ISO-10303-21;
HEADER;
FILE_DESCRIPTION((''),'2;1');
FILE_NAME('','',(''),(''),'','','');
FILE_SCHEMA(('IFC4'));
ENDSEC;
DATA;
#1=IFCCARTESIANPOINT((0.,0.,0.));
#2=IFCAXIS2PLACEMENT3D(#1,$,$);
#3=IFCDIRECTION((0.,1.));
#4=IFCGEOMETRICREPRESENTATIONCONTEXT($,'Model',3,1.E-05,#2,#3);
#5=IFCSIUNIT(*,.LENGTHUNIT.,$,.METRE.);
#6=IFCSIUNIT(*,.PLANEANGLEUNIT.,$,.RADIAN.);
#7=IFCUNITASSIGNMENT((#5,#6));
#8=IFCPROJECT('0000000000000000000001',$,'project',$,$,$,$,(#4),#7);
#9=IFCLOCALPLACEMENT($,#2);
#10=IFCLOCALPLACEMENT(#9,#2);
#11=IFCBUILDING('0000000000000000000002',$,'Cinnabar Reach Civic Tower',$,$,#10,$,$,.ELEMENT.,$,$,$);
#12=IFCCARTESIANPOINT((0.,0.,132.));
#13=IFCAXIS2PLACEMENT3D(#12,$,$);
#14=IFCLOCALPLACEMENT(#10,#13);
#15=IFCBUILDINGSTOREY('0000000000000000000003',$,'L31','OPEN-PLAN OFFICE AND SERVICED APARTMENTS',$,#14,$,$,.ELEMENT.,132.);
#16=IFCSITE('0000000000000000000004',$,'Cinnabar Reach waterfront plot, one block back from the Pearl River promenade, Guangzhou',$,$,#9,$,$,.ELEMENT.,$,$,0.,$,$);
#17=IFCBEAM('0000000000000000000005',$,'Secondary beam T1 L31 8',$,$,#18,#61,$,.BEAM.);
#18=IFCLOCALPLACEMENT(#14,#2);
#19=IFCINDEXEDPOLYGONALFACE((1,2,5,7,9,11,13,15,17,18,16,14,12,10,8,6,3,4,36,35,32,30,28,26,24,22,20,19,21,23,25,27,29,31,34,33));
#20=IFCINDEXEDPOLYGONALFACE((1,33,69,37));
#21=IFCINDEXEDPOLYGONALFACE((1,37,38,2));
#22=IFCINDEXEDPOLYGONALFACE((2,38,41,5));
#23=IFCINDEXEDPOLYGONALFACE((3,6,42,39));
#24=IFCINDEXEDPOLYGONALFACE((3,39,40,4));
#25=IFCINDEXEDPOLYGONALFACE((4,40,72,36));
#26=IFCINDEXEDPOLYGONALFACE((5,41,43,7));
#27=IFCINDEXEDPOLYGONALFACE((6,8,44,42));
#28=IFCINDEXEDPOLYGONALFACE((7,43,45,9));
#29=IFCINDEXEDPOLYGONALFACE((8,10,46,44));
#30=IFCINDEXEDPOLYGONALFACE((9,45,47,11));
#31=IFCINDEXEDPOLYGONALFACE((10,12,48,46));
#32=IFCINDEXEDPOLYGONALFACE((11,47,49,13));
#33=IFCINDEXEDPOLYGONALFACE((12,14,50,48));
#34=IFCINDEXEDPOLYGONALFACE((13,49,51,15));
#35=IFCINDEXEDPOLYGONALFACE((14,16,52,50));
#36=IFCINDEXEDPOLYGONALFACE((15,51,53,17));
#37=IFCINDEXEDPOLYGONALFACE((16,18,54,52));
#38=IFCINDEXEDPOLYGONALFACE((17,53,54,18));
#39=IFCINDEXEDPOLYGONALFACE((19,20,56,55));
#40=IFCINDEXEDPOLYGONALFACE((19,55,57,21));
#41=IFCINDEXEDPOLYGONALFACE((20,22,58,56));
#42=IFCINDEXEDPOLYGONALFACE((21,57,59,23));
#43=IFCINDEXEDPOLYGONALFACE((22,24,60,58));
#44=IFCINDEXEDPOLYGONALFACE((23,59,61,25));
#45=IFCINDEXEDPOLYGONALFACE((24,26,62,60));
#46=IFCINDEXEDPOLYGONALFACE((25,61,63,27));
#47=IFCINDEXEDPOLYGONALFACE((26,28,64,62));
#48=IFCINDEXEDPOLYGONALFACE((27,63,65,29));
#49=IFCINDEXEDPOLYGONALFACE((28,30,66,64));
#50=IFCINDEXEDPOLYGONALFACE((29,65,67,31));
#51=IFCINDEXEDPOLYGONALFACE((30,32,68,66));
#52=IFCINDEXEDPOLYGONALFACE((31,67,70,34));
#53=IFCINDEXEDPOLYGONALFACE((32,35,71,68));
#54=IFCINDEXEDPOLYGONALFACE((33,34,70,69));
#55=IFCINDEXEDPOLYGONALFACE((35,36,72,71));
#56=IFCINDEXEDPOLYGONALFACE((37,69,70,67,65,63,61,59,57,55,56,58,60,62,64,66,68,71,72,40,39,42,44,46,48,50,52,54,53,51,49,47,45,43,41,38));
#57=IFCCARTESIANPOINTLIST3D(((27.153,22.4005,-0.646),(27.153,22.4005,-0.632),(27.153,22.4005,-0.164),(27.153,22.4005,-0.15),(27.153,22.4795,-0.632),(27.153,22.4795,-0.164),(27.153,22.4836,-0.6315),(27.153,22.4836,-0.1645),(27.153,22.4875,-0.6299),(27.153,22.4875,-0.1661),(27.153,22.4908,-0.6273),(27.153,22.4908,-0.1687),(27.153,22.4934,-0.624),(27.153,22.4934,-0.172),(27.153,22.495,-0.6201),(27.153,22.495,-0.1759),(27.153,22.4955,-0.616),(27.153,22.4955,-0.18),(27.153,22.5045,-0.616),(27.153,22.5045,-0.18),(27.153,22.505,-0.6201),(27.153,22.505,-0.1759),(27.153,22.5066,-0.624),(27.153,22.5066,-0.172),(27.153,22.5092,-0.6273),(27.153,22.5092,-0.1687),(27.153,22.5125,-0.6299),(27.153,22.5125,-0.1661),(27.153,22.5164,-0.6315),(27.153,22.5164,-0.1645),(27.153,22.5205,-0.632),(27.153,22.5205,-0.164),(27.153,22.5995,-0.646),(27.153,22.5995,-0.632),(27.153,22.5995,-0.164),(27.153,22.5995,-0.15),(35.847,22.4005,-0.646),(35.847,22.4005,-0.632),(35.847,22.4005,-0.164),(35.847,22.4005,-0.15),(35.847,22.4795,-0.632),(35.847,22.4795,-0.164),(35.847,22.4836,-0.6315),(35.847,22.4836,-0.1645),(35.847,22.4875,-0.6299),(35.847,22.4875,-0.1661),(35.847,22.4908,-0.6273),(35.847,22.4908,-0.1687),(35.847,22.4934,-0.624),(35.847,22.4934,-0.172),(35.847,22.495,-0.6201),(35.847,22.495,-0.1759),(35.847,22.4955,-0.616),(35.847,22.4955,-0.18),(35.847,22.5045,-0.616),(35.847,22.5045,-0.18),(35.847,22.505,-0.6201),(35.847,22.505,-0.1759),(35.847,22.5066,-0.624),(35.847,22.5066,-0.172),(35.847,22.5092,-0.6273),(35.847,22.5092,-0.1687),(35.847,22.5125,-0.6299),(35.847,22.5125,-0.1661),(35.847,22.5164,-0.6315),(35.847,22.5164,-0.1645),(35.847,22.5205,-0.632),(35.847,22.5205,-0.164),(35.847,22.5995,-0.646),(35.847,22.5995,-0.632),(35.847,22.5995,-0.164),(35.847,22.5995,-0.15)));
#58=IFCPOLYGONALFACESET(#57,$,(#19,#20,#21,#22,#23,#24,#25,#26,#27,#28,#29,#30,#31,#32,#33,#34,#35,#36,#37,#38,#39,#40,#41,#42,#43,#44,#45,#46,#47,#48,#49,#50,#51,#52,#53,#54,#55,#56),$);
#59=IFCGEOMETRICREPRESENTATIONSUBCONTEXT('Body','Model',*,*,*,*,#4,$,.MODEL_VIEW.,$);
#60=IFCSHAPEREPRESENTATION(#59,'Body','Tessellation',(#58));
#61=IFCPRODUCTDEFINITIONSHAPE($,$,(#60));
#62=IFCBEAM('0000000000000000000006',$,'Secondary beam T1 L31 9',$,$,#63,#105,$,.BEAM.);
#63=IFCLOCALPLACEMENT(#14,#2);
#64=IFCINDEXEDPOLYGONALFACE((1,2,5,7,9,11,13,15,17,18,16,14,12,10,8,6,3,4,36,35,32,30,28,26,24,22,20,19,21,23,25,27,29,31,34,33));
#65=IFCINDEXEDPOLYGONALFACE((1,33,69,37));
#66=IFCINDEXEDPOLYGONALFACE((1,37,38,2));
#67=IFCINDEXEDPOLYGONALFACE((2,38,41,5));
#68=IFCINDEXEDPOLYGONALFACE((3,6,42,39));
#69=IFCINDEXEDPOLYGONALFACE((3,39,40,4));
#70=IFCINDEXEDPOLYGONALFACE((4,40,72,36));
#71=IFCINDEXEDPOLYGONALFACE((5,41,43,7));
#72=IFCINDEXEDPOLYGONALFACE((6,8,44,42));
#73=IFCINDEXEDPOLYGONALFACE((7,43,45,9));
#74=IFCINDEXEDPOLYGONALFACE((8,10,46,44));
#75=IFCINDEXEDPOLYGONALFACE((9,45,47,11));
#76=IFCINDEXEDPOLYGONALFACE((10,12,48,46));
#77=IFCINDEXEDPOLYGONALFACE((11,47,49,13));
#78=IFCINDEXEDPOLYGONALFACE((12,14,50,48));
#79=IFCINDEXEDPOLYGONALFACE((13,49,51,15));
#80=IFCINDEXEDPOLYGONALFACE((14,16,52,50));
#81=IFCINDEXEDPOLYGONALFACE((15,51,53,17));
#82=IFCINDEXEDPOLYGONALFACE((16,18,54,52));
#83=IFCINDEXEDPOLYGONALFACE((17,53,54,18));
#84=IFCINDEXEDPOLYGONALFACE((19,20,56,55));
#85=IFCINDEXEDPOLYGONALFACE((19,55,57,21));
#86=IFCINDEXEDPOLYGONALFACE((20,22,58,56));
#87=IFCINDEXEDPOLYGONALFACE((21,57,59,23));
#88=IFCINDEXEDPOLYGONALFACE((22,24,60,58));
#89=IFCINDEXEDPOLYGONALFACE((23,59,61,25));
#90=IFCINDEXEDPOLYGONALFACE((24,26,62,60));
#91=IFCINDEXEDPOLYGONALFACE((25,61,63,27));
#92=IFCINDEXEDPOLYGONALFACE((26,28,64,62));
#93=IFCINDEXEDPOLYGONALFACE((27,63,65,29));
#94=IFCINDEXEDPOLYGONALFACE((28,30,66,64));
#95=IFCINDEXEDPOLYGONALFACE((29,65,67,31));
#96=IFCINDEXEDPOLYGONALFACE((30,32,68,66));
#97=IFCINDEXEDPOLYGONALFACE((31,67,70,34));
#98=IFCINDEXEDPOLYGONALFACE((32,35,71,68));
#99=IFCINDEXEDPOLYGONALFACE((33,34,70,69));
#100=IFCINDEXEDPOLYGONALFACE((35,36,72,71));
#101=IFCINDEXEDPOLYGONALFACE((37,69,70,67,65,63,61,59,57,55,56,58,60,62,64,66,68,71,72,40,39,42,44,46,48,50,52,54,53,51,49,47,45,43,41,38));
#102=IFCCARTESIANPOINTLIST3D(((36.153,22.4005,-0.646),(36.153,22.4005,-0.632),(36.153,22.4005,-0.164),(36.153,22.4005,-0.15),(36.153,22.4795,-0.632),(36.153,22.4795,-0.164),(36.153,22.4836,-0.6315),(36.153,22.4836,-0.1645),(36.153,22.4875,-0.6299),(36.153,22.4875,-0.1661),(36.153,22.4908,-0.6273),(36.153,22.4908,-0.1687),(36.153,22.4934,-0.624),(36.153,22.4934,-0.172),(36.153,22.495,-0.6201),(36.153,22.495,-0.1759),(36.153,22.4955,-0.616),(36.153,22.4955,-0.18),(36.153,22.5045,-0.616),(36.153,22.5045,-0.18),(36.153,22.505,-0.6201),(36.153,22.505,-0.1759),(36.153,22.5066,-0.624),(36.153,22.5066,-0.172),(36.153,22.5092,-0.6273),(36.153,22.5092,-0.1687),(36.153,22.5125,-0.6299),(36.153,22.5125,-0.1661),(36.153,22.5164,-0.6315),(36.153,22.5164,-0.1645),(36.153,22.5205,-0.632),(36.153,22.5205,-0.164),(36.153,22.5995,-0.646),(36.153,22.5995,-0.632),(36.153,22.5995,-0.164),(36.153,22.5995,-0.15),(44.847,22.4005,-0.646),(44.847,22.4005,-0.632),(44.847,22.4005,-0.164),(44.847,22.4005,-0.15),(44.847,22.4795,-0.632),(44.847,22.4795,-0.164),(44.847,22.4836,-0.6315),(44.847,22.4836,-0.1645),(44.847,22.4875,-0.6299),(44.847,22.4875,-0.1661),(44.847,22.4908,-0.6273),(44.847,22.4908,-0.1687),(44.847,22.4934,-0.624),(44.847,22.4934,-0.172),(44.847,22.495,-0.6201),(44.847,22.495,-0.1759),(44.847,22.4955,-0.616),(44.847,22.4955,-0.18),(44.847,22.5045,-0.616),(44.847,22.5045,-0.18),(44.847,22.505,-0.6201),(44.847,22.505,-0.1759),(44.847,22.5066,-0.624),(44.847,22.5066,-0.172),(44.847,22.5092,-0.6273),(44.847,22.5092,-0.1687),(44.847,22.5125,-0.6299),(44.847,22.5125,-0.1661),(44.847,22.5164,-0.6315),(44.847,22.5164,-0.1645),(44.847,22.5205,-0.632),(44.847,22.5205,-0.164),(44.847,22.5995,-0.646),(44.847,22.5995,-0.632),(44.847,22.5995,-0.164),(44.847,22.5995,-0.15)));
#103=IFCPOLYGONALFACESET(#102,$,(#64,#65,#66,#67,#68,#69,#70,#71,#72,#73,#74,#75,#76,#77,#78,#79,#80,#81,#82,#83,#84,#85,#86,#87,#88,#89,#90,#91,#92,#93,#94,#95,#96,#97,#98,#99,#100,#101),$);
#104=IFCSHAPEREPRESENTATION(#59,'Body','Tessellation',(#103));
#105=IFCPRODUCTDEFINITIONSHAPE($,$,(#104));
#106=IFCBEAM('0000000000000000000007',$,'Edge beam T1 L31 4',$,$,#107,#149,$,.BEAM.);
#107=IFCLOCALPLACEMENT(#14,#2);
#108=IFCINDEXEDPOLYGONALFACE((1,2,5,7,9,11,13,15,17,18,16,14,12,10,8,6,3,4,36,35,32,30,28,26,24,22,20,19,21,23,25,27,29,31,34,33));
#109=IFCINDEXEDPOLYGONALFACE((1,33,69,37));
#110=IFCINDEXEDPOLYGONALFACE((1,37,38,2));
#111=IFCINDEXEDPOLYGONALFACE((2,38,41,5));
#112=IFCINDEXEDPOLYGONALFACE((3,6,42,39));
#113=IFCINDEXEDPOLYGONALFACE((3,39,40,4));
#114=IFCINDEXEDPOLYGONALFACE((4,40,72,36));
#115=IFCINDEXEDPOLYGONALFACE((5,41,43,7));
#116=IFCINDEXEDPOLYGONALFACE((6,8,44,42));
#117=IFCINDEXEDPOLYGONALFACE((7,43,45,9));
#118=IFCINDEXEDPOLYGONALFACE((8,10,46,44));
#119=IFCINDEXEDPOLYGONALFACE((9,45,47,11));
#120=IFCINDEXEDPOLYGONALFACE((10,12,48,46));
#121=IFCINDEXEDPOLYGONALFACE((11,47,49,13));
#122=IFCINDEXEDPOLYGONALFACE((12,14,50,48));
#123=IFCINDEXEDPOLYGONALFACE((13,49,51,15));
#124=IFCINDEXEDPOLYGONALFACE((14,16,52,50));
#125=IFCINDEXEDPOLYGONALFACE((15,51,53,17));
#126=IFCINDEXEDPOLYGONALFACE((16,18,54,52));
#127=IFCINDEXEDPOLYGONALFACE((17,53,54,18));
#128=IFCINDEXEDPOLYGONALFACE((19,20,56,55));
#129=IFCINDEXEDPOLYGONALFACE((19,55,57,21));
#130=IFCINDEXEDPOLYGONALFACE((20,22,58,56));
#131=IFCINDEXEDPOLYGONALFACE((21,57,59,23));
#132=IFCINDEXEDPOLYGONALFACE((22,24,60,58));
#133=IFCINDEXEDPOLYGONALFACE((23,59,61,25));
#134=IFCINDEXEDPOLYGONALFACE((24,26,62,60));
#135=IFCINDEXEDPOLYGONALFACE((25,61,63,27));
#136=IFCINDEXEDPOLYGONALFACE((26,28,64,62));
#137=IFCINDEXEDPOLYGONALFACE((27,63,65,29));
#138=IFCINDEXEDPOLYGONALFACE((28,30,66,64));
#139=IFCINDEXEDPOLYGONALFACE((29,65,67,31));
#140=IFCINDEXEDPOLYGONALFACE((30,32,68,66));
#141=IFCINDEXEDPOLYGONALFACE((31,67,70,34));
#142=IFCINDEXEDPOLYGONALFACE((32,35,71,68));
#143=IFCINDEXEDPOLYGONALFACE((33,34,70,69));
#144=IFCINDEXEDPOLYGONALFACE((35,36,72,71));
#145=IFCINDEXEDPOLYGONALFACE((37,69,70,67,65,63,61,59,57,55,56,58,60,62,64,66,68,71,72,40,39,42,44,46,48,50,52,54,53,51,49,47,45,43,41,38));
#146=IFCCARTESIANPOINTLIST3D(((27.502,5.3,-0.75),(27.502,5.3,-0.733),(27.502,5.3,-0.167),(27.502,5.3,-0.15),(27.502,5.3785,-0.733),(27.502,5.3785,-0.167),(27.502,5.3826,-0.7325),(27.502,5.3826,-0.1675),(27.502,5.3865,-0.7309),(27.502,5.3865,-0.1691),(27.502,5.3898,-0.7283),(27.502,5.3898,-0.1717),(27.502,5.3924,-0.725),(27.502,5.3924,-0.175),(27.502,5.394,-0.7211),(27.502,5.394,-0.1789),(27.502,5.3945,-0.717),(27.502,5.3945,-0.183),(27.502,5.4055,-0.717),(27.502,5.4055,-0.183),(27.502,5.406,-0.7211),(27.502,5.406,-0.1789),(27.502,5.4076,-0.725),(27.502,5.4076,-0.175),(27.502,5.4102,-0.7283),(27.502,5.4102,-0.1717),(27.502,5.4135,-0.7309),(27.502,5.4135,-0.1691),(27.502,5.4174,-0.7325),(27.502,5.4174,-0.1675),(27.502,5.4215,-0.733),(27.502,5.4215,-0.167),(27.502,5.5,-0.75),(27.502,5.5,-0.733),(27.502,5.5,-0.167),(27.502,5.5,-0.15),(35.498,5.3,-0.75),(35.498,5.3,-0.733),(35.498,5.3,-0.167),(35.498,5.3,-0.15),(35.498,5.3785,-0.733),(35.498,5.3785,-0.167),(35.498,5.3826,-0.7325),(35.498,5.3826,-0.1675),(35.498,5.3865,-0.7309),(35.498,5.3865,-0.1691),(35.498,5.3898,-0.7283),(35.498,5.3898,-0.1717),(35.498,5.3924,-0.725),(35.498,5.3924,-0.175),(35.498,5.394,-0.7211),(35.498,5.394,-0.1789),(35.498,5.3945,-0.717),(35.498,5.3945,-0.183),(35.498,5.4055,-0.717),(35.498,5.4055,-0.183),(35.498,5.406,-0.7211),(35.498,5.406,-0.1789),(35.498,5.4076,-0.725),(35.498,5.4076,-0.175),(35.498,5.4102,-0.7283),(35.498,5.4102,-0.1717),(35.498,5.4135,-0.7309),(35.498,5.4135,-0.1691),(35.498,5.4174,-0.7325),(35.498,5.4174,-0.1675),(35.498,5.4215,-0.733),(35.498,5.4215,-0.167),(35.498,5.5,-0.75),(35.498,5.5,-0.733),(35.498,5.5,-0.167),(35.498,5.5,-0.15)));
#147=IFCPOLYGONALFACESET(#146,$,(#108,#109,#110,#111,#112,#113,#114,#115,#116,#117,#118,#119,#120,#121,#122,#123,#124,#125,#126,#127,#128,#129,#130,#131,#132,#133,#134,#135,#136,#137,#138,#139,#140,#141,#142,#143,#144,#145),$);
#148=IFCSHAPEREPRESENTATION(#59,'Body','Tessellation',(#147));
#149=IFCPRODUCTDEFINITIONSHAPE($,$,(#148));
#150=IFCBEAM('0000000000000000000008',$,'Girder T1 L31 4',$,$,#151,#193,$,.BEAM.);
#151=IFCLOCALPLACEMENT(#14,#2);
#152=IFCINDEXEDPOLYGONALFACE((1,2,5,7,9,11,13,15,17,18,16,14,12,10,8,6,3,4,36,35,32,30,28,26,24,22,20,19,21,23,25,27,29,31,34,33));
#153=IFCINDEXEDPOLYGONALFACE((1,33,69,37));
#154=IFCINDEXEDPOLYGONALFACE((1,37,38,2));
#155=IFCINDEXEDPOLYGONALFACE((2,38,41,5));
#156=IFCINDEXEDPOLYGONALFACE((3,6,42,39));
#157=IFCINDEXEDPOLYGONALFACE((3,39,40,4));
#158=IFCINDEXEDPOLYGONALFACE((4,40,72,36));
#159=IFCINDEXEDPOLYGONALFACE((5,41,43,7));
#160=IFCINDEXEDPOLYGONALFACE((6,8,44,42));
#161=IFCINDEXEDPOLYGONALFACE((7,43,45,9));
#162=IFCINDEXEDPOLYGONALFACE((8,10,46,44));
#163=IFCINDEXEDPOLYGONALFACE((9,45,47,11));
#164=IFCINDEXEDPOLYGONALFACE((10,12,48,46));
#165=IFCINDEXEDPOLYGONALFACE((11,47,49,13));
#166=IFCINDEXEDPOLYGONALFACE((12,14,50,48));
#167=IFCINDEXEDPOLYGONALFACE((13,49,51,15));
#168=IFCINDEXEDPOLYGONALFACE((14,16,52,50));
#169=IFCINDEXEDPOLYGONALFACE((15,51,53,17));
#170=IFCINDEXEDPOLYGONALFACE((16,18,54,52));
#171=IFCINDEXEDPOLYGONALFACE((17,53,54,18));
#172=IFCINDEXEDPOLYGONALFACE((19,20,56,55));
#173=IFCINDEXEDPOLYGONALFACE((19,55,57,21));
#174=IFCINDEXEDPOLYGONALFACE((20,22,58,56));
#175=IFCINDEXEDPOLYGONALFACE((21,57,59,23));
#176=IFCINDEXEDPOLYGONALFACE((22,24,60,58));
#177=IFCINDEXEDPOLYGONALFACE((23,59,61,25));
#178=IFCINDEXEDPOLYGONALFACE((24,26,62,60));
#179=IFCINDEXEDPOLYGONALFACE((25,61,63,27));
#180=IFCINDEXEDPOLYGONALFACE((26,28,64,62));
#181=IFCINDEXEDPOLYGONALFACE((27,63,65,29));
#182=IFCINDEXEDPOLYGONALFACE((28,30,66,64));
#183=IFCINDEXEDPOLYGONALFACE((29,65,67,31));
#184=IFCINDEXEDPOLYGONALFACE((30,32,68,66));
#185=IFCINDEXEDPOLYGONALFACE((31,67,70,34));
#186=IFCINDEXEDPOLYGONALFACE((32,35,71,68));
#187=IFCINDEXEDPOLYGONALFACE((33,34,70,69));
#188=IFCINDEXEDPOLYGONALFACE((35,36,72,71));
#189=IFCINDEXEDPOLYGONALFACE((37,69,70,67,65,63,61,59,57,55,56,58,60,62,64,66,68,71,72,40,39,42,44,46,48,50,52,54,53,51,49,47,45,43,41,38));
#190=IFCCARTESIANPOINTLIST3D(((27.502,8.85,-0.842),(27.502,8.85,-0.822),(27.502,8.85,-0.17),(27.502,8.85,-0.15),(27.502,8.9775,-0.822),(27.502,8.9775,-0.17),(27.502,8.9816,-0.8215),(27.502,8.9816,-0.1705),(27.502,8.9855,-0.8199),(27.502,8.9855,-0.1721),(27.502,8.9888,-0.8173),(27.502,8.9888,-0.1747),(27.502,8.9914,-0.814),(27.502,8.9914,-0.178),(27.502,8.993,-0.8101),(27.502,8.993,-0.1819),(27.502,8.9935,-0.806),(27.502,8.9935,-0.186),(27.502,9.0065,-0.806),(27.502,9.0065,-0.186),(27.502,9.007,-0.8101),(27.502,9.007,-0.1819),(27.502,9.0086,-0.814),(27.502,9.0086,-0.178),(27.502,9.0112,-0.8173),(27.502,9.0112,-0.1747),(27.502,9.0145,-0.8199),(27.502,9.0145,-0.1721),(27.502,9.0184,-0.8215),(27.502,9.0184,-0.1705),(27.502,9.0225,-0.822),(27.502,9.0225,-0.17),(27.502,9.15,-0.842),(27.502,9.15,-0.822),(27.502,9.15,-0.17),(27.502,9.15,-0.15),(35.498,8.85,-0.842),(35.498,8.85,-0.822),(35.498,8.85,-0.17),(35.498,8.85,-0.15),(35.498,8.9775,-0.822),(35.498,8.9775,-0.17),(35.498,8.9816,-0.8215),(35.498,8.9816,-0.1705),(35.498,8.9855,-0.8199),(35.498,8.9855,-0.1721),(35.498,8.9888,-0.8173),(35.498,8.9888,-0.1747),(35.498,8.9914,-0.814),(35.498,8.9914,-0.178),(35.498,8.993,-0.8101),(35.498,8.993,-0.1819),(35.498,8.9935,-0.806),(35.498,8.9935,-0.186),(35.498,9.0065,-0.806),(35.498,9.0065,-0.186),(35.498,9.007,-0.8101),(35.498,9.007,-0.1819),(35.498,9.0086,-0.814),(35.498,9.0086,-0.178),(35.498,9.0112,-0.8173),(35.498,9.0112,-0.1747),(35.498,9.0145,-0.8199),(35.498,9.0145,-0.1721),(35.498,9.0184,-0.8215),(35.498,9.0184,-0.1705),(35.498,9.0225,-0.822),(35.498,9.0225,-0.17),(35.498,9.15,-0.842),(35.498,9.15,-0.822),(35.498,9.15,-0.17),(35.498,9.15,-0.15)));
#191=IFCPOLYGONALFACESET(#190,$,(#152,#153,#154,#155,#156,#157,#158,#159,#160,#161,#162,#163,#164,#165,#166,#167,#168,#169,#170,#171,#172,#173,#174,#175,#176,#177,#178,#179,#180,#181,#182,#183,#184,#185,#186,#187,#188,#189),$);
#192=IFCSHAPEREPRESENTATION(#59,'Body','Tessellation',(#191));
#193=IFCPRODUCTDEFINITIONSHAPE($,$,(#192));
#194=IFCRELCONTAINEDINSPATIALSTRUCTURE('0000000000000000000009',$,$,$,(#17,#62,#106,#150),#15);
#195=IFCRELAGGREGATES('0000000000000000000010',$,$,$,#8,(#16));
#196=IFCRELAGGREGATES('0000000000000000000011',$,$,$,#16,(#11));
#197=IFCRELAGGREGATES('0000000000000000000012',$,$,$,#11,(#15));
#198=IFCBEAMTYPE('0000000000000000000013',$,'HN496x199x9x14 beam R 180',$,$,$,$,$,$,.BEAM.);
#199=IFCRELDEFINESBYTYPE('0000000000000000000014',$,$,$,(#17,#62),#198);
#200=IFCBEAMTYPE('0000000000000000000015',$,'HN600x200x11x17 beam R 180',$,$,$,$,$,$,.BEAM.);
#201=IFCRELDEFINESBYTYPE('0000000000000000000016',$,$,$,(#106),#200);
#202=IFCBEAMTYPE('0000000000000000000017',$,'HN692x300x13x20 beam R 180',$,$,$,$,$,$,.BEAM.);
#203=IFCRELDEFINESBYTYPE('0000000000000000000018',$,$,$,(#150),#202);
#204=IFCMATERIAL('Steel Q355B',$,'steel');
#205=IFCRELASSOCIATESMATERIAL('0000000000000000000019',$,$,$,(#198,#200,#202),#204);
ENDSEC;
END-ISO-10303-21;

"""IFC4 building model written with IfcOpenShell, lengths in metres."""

from ifc_helpers import new_model, si_unit, direction, frame, origin, origin_2d, place, context, subcontext, project, spatial, i_section, extrude, material, material_profile, profile_set, type_object, element, save


model = new_model("IFC4")

# Units and contexts
model_context = context("Model", 3, precision=1e-05, world=origin(), true_north=direction((0.0, 1.0)))
body_context = subcontext(model_context, "Body", "Model", "MODEL_VIEW")
ifc_project = project(units=[si_unit("LENGTHUNIT", "METRE"), si_unit("PLANEANGLEUNIT", "RADIAN")], contexts=[model_context])

# Site, building, storey
site_placement = place(None, origin())
site = spatial("IfcSite", under=ifc_project, at=site_placement, Name="Cinnabar Reach waterfront plot, one block back from the Pearl River promenade, Guangzhou", CompositionType="ELEMENT", RefElevation=0.0)
building_placement = place(site_placement, origin())
building = spatial("IfcBuilding", under=site, at=building_placement, Name="Cinnabar Reach Civic Tower", CompositionType="ELEMENT")
storey_placement = place(building_placement, frame((0.0, 0.0, 132.0)))
storey = spatial("IfcBuildingStorey", under=building, at=storey_placement, Name="L31", Description="OPEN-PLAN OFFICE AND SERVICED APARTMENTS", CompositionType="ELEMENT", Elevation=132.0)

# Beams
ifc_material_1 = material(Name="Steel Q355B", Category="steel")
ifc_material_profile_1 = material_profile(ifc_material_1, i_section(OverallWidth=0.199, OverallDepth=0.496, WebThickness=0.009, FlangeThickness=0.014, FilletRadius=0.016, at=origin_2d()), Name="HN496x199x9x14")
ifc_profile_set_1 = profile_set([ifc_material_profile_1], Name="Steel Q355B")
beam_type_1 = type_object("IfcBeamType", Name="HN496x199x9x14 beam R 180", PredefinedType="BEAM", material=ifc_profile_set_1)
for number, where, z_axis, x_axis, name in (
    (1, (27.153, 22.5, -0.398), (1.0, 0.0, 0.0), (0.0, 1.0, 0.0), "Secondary beam T1 L31 8"),
    (2, (36.153, 22.5, -0.398), (1.0, 0.0, 0.0), (0.0, 1.0, 0.0), "Secondary beam T1 L31 9"),
):
    element("IfcBeam", number, at=place(storey_placement, frame(where, z_axis=z_axis, x_axis=x_axis)), inside=storey, type_object=beam_type_1, Name=name, PredefinedType="BEAM", context=body_context, shape_type="SweptSolid", body=[
        extrude(i_section(OverallWidth=0.199, OverallDepth=0.496, WebThickness=0.009, FlangeThickness=0.014, FilletRadius=0.016, at=origin_2d()), origin(), (0.0, 0.0, 1.0), 8.694),
    ])
ifc_material_profile_2 = material_profile(ifc_material_1, i_section(OverallWidth=0.2, OverallDepth=0.6, WebThickness=0.011, FlangeThickness=0.017, FilletRadius=0.016, at=origin_2d()), Name="HN600x200x11x17")
ifc_profile_set_2 = profile_set([ifc_material_profile_2], Name="Steel Q355B")
beam_type_2 = type_object("IfcBeamType", Name="HN600x200x11x17 beam R 180", PredefinedType="BEAM", material=ifc_profile_set_2)
beam_1_placement = place(storey_placement, frame((27.502, 5.4, -0.45), z_axis=(1.0, 0.0, 0.0), x_axis=(0.0, 1.0, 0.0)))
element("IfcBeam", 3, at=beam_1_placement, inside=storey, type_object=beam_type_2, Name="Edge beam T1 L31 4", PredefinedType="BEAM", context=body_context, shape_type="SweptSolid", body=[
    extrude(i_section(OverallWidth=0.2, OverallDepth=0.6, WebThickness=0.011, FlangeThickness=0.017, FilletRadius=0.016, at=origin_2d()), origin(), (0.0, 0.0, 1.0), 7.996),
])
ifc_material_profile_3 = material_profile(ifc_material_1, i_section(OverallWidth=0.3, OverallDepth=0.692, WebThickness=0.013, FlangeThickness=0.02, FilletRadius=0.016, at=origin_2d()), Name="HN692x300x13x20")
ifc_profile_set_3 = profile_set([ifc_material_profile_3], Name="Steel Q355B")
beam_type_3 = type_object("IfcBeamType", Name="HN692x300x13x20 beam R 180", PredefinedType="BEAM", material=ifc_profile_set_3)
for number, where, z_axis, x_axis, name in (
    (4, (27.502, 9.0, -0.496), (1.0, 0.0, 0.0), (0.0, 1.0, 0.0), "Girder T1 L31 4"),
):
    element("IfcBeam", number, at=place(storey_placement, frame(where, z_axis=z_axis, x_axis=x_axis)), inside=storey, type_object=beam_type_3, Name=name, PredefinedType="BEAM", context=body_context, shape_type="SweptSolid", body=[
        extrude(i_section(OverallWidth=0.3, OverallDepth=0.692, WebThickness=0.013, FlangeThickness=0.02, FilletRadius=0.016, at=origin_2d()), origin(), (0.0, 0.0, 1.0), 7.996),
    ])

save(model, "model.ifc")
